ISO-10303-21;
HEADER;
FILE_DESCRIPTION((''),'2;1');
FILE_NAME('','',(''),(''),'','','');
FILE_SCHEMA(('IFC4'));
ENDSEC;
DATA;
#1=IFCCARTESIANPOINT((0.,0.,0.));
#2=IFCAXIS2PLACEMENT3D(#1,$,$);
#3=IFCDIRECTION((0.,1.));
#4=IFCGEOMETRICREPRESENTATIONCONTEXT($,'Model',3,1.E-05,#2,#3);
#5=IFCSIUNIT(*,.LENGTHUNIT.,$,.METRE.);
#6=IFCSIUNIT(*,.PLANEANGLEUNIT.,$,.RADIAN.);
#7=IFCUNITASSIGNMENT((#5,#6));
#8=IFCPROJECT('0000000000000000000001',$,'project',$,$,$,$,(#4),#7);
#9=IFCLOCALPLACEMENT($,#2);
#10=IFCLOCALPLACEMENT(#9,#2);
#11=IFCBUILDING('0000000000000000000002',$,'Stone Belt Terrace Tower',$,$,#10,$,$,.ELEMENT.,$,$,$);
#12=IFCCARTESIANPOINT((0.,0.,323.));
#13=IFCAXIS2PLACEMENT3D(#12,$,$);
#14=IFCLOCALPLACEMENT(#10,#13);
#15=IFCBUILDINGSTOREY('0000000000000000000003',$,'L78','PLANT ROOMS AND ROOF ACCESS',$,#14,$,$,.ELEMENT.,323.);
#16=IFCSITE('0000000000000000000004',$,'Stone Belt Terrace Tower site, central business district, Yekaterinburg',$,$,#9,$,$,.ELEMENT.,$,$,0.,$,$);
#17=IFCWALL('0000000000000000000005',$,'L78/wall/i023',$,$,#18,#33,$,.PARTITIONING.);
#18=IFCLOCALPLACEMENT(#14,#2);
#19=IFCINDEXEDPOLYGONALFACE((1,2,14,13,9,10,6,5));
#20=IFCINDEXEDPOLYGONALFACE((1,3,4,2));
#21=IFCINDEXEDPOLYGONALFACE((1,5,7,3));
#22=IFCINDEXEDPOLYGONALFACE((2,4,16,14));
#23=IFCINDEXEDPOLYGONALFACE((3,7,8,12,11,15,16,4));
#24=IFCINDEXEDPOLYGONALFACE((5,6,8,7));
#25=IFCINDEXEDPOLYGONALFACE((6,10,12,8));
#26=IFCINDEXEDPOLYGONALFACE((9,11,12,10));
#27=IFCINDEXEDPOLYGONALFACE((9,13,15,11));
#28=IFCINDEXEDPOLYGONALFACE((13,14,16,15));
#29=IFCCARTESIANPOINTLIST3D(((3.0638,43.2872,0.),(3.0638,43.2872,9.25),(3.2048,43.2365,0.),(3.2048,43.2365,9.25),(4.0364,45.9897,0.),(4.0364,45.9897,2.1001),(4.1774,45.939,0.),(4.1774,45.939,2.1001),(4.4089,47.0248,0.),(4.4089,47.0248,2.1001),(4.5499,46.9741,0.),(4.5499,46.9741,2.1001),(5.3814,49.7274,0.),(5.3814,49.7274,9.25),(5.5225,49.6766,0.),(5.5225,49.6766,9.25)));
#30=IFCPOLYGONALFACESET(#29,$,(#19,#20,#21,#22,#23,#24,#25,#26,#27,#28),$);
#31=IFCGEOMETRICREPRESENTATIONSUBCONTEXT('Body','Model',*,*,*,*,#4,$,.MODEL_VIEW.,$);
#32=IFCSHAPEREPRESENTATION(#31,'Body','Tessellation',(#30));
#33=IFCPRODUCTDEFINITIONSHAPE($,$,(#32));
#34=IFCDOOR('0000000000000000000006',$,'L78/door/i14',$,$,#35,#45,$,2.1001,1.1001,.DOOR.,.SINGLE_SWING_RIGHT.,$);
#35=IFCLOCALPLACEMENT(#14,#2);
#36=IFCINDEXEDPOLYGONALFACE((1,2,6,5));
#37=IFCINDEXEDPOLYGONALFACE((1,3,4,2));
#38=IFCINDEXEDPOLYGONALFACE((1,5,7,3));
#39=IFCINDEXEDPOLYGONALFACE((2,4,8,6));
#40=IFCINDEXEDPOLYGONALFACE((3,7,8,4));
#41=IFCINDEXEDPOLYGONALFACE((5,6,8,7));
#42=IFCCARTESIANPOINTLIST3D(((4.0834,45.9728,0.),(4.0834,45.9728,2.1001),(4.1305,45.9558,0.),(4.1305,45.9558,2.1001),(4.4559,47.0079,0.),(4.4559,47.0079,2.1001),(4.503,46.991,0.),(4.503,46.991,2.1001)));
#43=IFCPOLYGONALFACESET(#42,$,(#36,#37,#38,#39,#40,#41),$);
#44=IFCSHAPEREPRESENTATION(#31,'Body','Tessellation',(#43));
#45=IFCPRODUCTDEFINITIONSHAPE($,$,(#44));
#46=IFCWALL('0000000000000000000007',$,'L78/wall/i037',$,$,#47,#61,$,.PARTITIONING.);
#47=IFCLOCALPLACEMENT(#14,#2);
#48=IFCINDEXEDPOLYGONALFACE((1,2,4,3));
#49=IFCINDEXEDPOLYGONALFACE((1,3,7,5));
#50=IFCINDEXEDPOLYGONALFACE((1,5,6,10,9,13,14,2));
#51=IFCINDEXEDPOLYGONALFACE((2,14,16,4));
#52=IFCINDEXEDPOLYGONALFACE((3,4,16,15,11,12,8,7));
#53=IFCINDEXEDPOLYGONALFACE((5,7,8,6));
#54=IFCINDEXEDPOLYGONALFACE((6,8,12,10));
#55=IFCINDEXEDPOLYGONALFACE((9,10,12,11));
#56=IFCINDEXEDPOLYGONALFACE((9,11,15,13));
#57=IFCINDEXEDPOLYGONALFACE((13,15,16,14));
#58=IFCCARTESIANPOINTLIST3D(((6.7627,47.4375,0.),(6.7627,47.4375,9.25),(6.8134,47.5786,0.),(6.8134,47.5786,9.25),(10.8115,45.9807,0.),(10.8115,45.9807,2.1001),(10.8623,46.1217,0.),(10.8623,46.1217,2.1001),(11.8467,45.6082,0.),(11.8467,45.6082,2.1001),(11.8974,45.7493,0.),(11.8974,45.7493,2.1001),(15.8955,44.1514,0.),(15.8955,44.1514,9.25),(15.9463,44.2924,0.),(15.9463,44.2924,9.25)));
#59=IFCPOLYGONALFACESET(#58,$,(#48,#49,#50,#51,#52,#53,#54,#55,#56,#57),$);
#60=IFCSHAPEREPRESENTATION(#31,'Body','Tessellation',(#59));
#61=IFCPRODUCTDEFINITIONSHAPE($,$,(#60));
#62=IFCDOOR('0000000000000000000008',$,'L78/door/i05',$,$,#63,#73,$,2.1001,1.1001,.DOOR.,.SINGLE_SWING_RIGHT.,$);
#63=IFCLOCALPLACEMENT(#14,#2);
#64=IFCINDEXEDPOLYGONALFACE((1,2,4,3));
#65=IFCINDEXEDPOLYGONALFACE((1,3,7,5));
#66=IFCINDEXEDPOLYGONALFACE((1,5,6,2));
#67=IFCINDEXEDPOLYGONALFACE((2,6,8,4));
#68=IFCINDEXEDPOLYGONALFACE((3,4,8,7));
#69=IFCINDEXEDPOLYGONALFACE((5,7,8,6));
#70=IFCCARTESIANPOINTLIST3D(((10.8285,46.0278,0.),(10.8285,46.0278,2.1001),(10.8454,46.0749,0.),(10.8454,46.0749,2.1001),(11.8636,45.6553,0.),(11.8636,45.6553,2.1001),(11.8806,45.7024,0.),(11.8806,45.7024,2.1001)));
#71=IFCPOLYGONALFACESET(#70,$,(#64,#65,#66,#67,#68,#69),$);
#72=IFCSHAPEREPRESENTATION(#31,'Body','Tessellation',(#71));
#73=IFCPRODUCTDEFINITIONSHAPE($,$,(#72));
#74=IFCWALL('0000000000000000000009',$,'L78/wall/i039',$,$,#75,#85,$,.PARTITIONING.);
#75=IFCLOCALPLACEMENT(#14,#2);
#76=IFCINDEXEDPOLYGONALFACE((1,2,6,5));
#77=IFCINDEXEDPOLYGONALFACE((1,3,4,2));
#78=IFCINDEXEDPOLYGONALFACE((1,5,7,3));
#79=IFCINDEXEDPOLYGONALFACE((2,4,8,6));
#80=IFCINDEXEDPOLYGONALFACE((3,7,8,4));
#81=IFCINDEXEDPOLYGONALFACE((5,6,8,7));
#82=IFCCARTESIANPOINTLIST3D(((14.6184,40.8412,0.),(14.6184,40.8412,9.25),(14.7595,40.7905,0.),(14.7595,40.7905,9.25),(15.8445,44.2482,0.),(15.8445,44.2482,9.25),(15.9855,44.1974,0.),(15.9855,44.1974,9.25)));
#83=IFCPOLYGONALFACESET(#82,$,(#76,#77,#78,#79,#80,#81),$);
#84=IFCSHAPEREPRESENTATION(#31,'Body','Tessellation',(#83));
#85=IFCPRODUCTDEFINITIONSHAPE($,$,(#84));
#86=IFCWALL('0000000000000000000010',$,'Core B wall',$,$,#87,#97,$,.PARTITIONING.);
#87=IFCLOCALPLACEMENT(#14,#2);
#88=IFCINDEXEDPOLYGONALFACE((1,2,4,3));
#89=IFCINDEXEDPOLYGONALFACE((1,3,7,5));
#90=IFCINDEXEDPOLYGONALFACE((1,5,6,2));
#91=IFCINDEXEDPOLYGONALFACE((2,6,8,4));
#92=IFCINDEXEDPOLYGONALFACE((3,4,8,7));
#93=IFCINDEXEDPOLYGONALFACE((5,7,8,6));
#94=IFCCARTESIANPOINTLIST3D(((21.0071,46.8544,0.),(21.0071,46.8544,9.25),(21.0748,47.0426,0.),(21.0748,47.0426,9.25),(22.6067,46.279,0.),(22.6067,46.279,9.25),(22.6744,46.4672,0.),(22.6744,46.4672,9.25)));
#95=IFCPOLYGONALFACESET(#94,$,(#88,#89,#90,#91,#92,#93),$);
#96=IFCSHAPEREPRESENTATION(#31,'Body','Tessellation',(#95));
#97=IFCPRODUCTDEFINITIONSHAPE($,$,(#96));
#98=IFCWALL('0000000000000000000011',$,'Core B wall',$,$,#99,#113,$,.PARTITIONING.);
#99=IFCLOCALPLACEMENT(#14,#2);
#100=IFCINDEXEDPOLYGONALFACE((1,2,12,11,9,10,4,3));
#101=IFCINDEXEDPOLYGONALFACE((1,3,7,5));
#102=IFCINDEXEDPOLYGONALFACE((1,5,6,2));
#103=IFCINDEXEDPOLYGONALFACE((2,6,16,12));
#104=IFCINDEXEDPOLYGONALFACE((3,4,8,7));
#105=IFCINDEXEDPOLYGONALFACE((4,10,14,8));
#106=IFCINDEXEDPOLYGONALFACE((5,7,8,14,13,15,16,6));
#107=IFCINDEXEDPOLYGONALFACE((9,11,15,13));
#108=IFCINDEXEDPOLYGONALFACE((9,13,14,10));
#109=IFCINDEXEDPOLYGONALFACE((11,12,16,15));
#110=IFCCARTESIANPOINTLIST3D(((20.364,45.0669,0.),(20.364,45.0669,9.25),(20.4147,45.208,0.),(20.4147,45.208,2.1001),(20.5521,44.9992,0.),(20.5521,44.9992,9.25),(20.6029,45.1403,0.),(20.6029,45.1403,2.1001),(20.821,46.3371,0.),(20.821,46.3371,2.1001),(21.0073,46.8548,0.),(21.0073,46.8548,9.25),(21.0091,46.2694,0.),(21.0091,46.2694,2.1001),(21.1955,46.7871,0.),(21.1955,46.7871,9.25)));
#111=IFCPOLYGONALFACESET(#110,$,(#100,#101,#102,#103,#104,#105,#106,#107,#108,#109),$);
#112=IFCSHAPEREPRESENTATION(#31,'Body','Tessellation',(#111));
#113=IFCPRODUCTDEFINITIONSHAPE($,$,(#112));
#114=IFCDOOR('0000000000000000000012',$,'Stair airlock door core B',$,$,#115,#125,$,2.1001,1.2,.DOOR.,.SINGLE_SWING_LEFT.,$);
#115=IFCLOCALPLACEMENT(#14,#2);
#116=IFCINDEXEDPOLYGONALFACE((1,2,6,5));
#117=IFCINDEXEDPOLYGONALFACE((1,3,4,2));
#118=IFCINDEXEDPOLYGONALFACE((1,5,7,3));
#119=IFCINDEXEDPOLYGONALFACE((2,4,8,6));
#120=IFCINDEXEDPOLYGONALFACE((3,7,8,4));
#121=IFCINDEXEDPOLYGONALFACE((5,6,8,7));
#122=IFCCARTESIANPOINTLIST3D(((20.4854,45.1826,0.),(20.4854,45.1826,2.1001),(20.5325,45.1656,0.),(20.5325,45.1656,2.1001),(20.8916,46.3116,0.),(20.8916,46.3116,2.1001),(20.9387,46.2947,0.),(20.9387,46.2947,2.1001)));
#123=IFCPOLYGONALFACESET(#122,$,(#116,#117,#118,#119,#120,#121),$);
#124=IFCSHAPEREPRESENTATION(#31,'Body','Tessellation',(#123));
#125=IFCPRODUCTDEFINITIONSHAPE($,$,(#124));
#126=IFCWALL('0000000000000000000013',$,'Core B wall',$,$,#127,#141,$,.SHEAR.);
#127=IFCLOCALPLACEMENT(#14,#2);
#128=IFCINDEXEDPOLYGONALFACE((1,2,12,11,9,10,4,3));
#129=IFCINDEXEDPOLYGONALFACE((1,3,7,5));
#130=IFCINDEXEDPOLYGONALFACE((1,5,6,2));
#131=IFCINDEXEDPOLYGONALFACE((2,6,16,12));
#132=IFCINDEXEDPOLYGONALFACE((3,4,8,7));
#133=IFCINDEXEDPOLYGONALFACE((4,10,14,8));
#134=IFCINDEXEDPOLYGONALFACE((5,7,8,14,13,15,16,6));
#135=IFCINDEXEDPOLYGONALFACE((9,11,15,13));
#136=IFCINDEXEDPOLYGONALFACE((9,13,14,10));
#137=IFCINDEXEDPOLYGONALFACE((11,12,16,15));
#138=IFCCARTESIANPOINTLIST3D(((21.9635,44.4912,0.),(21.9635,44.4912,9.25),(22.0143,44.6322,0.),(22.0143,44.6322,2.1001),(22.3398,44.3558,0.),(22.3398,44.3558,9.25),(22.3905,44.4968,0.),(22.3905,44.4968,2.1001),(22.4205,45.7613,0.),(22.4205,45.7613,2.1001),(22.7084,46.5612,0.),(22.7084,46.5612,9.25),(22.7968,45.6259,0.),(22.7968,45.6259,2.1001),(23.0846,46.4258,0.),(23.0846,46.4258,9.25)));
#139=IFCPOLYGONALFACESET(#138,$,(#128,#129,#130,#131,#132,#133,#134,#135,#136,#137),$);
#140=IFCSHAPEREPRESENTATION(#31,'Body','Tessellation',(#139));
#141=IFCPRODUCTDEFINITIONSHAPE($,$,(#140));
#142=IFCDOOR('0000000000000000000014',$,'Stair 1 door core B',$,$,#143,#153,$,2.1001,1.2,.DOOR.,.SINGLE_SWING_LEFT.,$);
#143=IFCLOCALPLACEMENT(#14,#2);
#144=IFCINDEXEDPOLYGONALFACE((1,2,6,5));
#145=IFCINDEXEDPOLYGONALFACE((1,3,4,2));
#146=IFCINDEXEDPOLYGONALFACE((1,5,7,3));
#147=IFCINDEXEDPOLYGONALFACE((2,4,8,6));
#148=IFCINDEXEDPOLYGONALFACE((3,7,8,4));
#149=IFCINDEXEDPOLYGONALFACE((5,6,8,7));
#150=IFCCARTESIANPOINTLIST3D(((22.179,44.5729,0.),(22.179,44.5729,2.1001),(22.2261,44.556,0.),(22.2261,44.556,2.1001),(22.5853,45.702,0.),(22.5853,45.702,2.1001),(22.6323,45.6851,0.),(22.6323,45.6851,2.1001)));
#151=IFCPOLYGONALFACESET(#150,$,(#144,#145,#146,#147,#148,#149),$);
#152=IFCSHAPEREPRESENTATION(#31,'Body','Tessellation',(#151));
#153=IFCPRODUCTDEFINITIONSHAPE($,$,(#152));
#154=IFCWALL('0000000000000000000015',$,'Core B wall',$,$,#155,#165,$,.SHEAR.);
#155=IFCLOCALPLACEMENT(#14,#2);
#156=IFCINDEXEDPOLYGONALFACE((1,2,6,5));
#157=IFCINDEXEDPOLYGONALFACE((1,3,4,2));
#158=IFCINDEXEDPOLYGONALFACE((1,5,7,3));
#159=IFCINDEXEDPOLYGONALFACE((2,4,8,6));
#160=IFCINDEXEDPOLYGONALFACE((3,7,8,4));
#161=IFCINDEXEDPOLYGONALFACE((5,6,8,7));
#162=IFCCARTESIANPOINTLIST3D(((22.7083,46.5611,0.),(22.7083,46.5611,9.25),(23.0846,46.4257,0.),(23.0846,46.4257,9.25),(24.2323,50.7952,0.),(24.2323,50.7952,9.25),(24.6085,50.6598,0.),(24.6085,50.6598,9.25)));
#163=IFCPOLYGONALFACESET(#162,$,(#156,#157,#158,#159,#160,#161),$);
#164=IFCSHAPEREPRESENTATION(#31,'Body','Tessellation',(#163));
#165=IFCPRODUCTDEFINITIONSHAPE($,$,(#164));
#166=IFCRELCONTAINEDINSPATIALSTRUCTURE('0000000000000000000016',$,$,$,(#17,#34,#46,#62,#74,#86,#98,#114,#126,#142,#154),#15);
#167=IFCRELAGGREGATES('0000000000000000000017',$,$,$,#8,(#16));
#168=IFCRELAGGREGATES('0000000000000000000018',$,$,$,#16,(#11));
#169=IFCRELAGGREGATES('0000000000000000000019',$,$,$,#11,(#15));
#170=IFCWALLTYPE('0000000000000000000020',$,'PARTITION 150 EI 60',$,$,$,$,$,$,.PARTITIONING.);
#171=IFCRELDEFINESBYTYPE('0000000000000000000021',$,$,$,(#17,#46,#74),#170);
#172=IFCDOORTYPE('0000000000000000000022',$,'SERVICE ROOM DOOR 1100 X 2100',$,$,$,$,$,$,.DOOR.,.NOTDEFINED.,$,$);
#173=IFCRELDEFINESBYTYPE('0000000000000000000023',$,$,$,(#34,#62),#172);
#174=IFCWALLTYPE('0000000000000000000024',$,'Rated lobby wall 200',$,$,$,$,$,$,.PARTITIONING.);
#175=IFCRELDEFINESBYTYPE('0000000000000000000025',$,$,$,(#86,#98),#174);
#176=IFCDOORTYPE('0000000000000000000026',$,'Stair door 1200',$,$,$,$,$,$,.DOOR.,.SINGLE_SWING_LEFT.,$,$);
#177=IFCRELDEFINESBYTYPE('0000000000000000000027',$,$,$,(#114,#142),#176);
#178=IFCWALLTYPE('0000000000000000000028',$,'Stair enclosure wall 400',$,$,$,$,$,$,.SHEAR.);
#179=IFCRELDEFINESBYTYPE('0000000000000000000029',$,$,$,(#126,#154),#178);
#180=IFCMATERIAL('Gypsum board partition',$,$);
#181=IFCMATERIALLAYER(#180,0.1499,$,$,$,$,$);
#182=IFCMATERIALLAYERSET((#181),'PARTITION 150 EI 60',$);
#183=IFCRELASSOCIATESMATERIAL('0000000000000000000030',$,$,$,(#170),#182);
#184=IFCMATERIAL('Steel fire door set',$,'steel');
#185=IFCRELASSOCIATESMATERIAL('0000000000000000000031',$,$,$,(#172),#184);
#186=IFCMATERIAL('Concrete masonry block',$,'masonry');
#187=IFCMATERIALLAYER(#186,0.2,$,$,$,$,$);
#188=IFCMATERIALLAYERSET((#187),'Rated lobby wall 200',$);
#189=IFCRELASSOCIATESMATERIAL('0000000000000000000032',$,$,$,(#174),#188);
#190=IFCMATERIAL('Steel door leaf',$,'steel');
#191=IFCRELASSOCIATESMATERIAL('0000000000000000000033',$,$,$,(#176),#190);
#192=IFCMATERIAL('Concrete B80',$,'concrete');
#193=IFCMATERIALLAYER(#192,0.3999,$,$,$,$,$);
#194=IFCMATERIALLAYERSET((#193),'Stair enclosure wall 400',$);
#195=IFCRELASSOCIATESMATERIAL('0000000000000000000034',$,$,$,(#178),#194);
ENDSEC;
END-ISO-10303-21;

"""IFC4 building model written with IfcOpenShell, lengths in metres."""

from ifc_helpers import new_model, si_unit, direction, frame, frame_2d, origin, place, context, subcontext, project, spatial, rectangle, extrude, material, layer, layer_set, type_object, element, fill, save


model = new_model("IFC4")

# Units and contexts
model_context = context("Model", 3, precision=1e-05, world=origin(), true_north=direction((0.0, 1.0)))
body_context = subcontext(model_context, "Body", "Model", "MODEL_VIEW")
ifc_project = project(units=[si_unit("LENGTHUNIT", "METRE"), si_unit("PLANEANGLEUNIT", "RADIAN")], contexts=[model_context])

# Site, building, storey
site_placement = place(None, origin())
site = spatial("IfcSite", under=ifc_project, at=site_placement, Name="Stone Belt Terrace Tower site, central business district, Yekaterinburg", CompositionType="ELEMENT", RefElevation=0.0)
building_placement = place(site_placement, origin())
building = spatial("IfcBuilding", under=site, at=building_placement, Name="Stone Belt Terrace Tower", CompositionType="ELEMENT")
storey_placement = place(building_placement, frame((0.0, 0.0, 323.0)))
storey = spatial("IfcBuildingStorey", under=building, at=storey_placement, Name="L78", Description="PLANT ROOMS AND ROOF ACCESS", CompositionType="ELEMENT", Elevation=323.0)

# Shared definitions
ifc_material_1 = material(Name="Concrete B80", Category="concrete")
ifc_material_2 = material(Name="Gypsum board partition")
ifc_layer_1 = layer(ifc_material_2, 0.1499)
ifc_layer_set_1 = layer_set([ifc_layer_1], Name="PARTITION 150 EI 60")
wall_type_1 = type_object("IfcWallType", Name="PARTITION 150 EI 60", PredefinedType="PARTITIONING", material=ifc_layer_set_1)

# Walls, openings, doors
wall_1_placement = place(storey_placement, frame((3.1343, 43.2617, 0.0), z_axis=(0.0, 0.0, 1.0), x_axis=(0.338611, 0.940927, 0.0)))
wall_1 = element("IfcWall", 1, at=wall_1_placement, inside=storey, type_object=wall_type_1, Name="L78/wall/i023", PredefinedType="PARTITIONING", context=body_context, shape_type="SweptSolid", body=[
    extrude(rectangle(XDim=6.8445, YDim=0.1499, at=frame_2d((3.4224, 0.0))), origin(), (0.0, 0.0, 1.0), 9.25),
])
opening_1_placement = place(wall_1_placement, frame((2.8723, 0.0, 0.0)))
opening_1 = element("IfcOpeningElement", 2, at=opening_1_placement, cuts=wall_1, PredefinedType="OPENING", context=body_context, shape_type="SweptSolid", body=[
    extrude(rectangle(XDim=1.1001, YDim=2.1001, at=frame_2d((0.55, 1.05))), frame((0.0, 0.085, 0.0), z_axis=(0.0, -1.0, 0.0), x_axis=(1.0, 0.0, 0.0)), (0.0, 0.0, 1.0), 0.1699),
])
ifc_material_3 = material(Name="Steel fire door set", Category="steel")
door_type_1 = type_object("IfcDoorType", Name="SERVICE ROOM DOOR 1100 X 2100", OperationType="NOTDEFINED", PredefinedType="DOOR", material=ifc_material_3)
door_1_placement = place(opening_1_placement, origin())
door_1 = element("IfcDoor", 3, at=door_1_placement, inside=storey, type_object=door_type_1, Name="L78/door/i14", OperationType="SINGLE_SWING_RIGHT", OverallHeight=2.1001, OverallWidth=1.1001, PredefinedType="DOOR", context=body_context, shape_type="SweptSolid", body=[
    extrude(rectangle(XDim=1.1001, YDim=2.1001, at=frame_2d((0.55, 1.05))), frame((0.0, 0.0249, 0.0), z_axis=(0.0, -1.0, 0.0), x_axis=(1.0, 0.0, 0.0)), (0.0, 0.0, 1.0), 0.05),
])
fill(opening_1, door_1)
wall_2_placement = place(storey_placement, frame((15.9209, 44.2219, 0.0), z_axis=(0.0, 0.0, 1.0), x_axis=(-0.940943, 0.338566, 0.0)))
wall_2 = element("IfcWall", 4, at=wall_2_placement, inside=storey, type_object=wall_type_1, Name="L78/wall/i037", PredefinedType="PARTITIONING", context=body_context, shape_type="SweptSolid", body=[
    extrude(rectangle(XDim=9.7061, YDim=0.1499, at=frame_2d((4.853, 0.0))), origin(), (0.0, 0.0, 1.0), 9.25),
])
opening_2_placement = place(wall_2_placement, frame((4.303, 0.0, 0.0)))
opening_2 = element("IfcOpeningElement", 5, at=opening_2_placement, cuts=wall_2, PredefinedType="OPENING", context=body_context, shape_type="SweptSolid", body=[
    extrude(rectangle(XDim=1.1001, YDim=2.1001, at=frame_2d((0.55, 1.05))), frame((0.0, 0.085, 0.0), z_axis=(0.0, -1.0, 0.0), x_axis=(1.0, 0.0, 0.0)), (0.0, 0.0, 1.0), 0.1699),
])
door_2_placement = place(opening_2_placement, origin())
door_2 = element("IfcDoor", 6, at=door_2_placement, inside=storey, type_object=door_type_1, Name="L78/door/i05", OperationType="SINGLE_SWING_RIGHT", OverallHeight=2.1001, OverallWidth=1.1001, PredefinedType="DOOR", context=body_context, shape_type="SweptSolid", body=[
    extrude(rectangle(XDim=1.1001, YDim=2.1001, at=frame_2d((0.55, 1.05))), frame((0.0, 0.0249, 0.0), z_axis=(0.0, -1.0, 0.0), x_axis=(1.0, 0.0, 0.0)), (0.0, 0.0, 1.0), 0.05),
])
fill(opening_2, door_2)

# Walls
wall_3_placement = place(storey_placement, frame((15.915, 44.2229, 0.0), z_axis=(0.0, 0.0, 1.0), x_axis=(-0.338612, -0.940926, 0.0)))
element("IfcWall", 7, at=wall_3_placement, inside=storey, type_object=wall_type_1, Name="L78/wall/i039", PredefinedType="PARTITIONING", context=body_context, shape_type="SweptSolid", body=[
    extrude(rectangle(XDim=3.6208, YDim=0.1499, at=frame_2d((1.8105, 0.0))), origin(), (0.0, 0.0, 1.0), 9.25),
])
ifc_material_4 = material(Name="Concrete masonry block", Category="masonry")
ifc_layer_2 = layer(ifc_material_4, 0.2)
ifc_layer_set_2 = layer_set([ifc_layer_2], Name="Rated lobby wall 200")
wall_type_2 = type_object("IfcWallType", Name="Rated lobby wall 200", PredefinedType="PARTITIONING", material=ifc_layer_set_2)
wall_4_placement = place(storey_placement, frame((22.6406, 46.373, 0.0), z_axis=(0.0, 0.0, 1.0), x_axis=(-0.940966, 0.338501, 0.0)))
element("IfcWall", 8, at=wall_4_placement, inside=storey, type_object=wall_type_2, Name="Core B wall", PredefinedType="PARTITIONING", context=body_context, shape_type="SweptSolid", body=[
    extrude(rectangle(XDim=1.7, YDim=0.2, at=frame_2d((0.8501, 0.0))), origin(), (0.0, 0.0, 1.0), 9.25),
])

# Walls, openings, doors
wall_5_placement = place(storey_placement, frame((20.458, 45.033, 0.0), z_axis=(0.0, 0.0, 1.0), x_axis=(0.338574, 0.94094, 0.0)))
wall_5 = element("IfcWall", 9, at=wall_5_placement, inside=storey, type_object=wall_type_2, Name="Core B wall", PredefinedType="PARTITIONING", context=body_context, shape_type="SweptSolid", body=[
    extrude(rectangle(XDim=1.9001, YDim=0.2, at=frame_2d((0.9502, 0.0))), origin(), (0.0, 0.0, 1.0), 9.25),
])
opening_3_placement = place(wall_5_placement, frame((0.1499, 0.0, 0.0)))
opening_3 = element("IfcOpeningElement", 10, at=opening_3_placement, cuts=wall_5, PredefinedType="OPENING", context=body_context, shape_type="SweptSolid", body=[
    extrude(rectangle(XDim=1.2, YDim=2.1001, at=frame_2d((0.6001, 1.05))), frame((0.0, 0.1099, 0.0), z_axis=(0.0, -1.0, 0.0), x_axis=(1.0, 0.0, 0.0)), (0.0, 0.0, 1.0), 0.22),
])
ifc_material_5 = material(Name="Steel door leaf", Category="steel")
door_type_2 = type_object("IfcDoorType", Name="Stair door 1200", OperationType="SINGLE_SWING_LEFT", PredefinedType="DOOR", material=ifc_material_5)
door_3_placement = place(opening_3_placement, origin())
door_3 = element("IfcDoor", 11, at=door_3_placement, inside=storey, type_object=door_type_2, Name="Stair airlock door core B", OperationType="SINGLE_SWING_LEFT", OverallHeight=2.1001, OverallWidth=1.2, PredefinedType="DOOR", context=body_context, shape_type="SweptSolid", body=[
    extrude(rectangle(XDim=1.2, YDim=2.1001, at=frame_2d((0.6001, 1.05))), frame((0.0, 0.0249, 0.0), z_axis=(0.0, -1.0, 0.0), x_axis=(1.0, 0.0, 0.0)), (0.0, 0.0, 1.0), 0.05),
])
fill(opening_3, door_3)
ifc_layer_3 = layer(ifc_material_1, 0.3999)
ifc_layer_set_3 = layer_set([ifc_layer_3], Name="Stair enclosure wall 400")
wall_type_3 = type_object("IfcWallType", Name="Stair enclosure wall 400", PredefinedType="SHEAR", material=ifc_layer_set_3)
wall_6_placement = place(storey_placement, frame((22.1516, 44.4233, 0.0), z_axis=(0.0, 0.0, 1.0), x_axis=(0.338578, 0.940938, 0.0)))
wall_6 = element("IfcWall", 12, at=wall_6_placement, inside=storey, type_object=wall_type_3, Name="Core B wall", PredefinedType="SHEAR", context=body_context, shape_type="SweptSolid", body=[
    extrude(rectangle(XDim=2.2, YDim=0.3999, at=frame_2d((1.1001, 0.0))), origin(), (0.0, 0.0, 1.0), 9.25),
])
opening_4_placement = place(wall_6_placement, frame((0.1499, 0.0, 0.0)))
opening_4 = element("IfcOpeningElement", 13, at=opening_4_placement, cuts=wall_6, PredefinedType="OPENING", context=body_context, shape_type="SweptSolid", body=[
    extrude(rectangle(XDim=1.2, YDim=2.1001, at=frame_2d((0.6001, 1.05))), frame((0.0, 0.21, 0.0), z_axis=(0.0, -1.0, 0.0), x_axis=(1.0, 0.0, 0.0)), (0.0, 0.0, 1.0), 0.4199),
])
door_4_placement = place(opening_4_placement, origin())
door_4 = element("IfcDoor", 14, at=door_4_placement, inside=storey, type_object=door_type_2, Name="Stair 1 door core B", OperationType="SINGLE_SWING_LEFT", OverallHeight=2.1001, OverallWidth=1.2, PredefinedType="DOOR", context=body_context, shape_type="SweptSolid", body=[
    extrude(rectangle(XDim=1.2, YDim=2.1001, at=frame_2d((0.6001, 1.05))), frame((0.0, 0.0249, 0.0), z_axis=(0.0, -1.0, 0.0), x_axis=(1.0, 0.0, 0.0)), (0.0, 0.0, 1.0), 0.05),
])
fill(opening_4, door_4)

# Wall
wall_7_placement = place(storey_placement, frame((22.8965, 46.4934, 0.0), z_axis=(0.0, 0.0, 1.0), x_axis=(0.338648, 0.940913, 0.0)))
element("IfcWall", 15, at=wall_7_placement, inside=storey, type_object=wall_type_3, Name="Core B wall", PredefinedType="SHEAR", context=body_context, shape_type="SweptSolid", body=[
    extrude(rectangle(XDim=4.5, YDim=0.3999, at=frame_2d((2.25, 0.0))), origin(), (0.0, 0.0, 1.0), 9.25),
])

save(model, "model.ifc")
